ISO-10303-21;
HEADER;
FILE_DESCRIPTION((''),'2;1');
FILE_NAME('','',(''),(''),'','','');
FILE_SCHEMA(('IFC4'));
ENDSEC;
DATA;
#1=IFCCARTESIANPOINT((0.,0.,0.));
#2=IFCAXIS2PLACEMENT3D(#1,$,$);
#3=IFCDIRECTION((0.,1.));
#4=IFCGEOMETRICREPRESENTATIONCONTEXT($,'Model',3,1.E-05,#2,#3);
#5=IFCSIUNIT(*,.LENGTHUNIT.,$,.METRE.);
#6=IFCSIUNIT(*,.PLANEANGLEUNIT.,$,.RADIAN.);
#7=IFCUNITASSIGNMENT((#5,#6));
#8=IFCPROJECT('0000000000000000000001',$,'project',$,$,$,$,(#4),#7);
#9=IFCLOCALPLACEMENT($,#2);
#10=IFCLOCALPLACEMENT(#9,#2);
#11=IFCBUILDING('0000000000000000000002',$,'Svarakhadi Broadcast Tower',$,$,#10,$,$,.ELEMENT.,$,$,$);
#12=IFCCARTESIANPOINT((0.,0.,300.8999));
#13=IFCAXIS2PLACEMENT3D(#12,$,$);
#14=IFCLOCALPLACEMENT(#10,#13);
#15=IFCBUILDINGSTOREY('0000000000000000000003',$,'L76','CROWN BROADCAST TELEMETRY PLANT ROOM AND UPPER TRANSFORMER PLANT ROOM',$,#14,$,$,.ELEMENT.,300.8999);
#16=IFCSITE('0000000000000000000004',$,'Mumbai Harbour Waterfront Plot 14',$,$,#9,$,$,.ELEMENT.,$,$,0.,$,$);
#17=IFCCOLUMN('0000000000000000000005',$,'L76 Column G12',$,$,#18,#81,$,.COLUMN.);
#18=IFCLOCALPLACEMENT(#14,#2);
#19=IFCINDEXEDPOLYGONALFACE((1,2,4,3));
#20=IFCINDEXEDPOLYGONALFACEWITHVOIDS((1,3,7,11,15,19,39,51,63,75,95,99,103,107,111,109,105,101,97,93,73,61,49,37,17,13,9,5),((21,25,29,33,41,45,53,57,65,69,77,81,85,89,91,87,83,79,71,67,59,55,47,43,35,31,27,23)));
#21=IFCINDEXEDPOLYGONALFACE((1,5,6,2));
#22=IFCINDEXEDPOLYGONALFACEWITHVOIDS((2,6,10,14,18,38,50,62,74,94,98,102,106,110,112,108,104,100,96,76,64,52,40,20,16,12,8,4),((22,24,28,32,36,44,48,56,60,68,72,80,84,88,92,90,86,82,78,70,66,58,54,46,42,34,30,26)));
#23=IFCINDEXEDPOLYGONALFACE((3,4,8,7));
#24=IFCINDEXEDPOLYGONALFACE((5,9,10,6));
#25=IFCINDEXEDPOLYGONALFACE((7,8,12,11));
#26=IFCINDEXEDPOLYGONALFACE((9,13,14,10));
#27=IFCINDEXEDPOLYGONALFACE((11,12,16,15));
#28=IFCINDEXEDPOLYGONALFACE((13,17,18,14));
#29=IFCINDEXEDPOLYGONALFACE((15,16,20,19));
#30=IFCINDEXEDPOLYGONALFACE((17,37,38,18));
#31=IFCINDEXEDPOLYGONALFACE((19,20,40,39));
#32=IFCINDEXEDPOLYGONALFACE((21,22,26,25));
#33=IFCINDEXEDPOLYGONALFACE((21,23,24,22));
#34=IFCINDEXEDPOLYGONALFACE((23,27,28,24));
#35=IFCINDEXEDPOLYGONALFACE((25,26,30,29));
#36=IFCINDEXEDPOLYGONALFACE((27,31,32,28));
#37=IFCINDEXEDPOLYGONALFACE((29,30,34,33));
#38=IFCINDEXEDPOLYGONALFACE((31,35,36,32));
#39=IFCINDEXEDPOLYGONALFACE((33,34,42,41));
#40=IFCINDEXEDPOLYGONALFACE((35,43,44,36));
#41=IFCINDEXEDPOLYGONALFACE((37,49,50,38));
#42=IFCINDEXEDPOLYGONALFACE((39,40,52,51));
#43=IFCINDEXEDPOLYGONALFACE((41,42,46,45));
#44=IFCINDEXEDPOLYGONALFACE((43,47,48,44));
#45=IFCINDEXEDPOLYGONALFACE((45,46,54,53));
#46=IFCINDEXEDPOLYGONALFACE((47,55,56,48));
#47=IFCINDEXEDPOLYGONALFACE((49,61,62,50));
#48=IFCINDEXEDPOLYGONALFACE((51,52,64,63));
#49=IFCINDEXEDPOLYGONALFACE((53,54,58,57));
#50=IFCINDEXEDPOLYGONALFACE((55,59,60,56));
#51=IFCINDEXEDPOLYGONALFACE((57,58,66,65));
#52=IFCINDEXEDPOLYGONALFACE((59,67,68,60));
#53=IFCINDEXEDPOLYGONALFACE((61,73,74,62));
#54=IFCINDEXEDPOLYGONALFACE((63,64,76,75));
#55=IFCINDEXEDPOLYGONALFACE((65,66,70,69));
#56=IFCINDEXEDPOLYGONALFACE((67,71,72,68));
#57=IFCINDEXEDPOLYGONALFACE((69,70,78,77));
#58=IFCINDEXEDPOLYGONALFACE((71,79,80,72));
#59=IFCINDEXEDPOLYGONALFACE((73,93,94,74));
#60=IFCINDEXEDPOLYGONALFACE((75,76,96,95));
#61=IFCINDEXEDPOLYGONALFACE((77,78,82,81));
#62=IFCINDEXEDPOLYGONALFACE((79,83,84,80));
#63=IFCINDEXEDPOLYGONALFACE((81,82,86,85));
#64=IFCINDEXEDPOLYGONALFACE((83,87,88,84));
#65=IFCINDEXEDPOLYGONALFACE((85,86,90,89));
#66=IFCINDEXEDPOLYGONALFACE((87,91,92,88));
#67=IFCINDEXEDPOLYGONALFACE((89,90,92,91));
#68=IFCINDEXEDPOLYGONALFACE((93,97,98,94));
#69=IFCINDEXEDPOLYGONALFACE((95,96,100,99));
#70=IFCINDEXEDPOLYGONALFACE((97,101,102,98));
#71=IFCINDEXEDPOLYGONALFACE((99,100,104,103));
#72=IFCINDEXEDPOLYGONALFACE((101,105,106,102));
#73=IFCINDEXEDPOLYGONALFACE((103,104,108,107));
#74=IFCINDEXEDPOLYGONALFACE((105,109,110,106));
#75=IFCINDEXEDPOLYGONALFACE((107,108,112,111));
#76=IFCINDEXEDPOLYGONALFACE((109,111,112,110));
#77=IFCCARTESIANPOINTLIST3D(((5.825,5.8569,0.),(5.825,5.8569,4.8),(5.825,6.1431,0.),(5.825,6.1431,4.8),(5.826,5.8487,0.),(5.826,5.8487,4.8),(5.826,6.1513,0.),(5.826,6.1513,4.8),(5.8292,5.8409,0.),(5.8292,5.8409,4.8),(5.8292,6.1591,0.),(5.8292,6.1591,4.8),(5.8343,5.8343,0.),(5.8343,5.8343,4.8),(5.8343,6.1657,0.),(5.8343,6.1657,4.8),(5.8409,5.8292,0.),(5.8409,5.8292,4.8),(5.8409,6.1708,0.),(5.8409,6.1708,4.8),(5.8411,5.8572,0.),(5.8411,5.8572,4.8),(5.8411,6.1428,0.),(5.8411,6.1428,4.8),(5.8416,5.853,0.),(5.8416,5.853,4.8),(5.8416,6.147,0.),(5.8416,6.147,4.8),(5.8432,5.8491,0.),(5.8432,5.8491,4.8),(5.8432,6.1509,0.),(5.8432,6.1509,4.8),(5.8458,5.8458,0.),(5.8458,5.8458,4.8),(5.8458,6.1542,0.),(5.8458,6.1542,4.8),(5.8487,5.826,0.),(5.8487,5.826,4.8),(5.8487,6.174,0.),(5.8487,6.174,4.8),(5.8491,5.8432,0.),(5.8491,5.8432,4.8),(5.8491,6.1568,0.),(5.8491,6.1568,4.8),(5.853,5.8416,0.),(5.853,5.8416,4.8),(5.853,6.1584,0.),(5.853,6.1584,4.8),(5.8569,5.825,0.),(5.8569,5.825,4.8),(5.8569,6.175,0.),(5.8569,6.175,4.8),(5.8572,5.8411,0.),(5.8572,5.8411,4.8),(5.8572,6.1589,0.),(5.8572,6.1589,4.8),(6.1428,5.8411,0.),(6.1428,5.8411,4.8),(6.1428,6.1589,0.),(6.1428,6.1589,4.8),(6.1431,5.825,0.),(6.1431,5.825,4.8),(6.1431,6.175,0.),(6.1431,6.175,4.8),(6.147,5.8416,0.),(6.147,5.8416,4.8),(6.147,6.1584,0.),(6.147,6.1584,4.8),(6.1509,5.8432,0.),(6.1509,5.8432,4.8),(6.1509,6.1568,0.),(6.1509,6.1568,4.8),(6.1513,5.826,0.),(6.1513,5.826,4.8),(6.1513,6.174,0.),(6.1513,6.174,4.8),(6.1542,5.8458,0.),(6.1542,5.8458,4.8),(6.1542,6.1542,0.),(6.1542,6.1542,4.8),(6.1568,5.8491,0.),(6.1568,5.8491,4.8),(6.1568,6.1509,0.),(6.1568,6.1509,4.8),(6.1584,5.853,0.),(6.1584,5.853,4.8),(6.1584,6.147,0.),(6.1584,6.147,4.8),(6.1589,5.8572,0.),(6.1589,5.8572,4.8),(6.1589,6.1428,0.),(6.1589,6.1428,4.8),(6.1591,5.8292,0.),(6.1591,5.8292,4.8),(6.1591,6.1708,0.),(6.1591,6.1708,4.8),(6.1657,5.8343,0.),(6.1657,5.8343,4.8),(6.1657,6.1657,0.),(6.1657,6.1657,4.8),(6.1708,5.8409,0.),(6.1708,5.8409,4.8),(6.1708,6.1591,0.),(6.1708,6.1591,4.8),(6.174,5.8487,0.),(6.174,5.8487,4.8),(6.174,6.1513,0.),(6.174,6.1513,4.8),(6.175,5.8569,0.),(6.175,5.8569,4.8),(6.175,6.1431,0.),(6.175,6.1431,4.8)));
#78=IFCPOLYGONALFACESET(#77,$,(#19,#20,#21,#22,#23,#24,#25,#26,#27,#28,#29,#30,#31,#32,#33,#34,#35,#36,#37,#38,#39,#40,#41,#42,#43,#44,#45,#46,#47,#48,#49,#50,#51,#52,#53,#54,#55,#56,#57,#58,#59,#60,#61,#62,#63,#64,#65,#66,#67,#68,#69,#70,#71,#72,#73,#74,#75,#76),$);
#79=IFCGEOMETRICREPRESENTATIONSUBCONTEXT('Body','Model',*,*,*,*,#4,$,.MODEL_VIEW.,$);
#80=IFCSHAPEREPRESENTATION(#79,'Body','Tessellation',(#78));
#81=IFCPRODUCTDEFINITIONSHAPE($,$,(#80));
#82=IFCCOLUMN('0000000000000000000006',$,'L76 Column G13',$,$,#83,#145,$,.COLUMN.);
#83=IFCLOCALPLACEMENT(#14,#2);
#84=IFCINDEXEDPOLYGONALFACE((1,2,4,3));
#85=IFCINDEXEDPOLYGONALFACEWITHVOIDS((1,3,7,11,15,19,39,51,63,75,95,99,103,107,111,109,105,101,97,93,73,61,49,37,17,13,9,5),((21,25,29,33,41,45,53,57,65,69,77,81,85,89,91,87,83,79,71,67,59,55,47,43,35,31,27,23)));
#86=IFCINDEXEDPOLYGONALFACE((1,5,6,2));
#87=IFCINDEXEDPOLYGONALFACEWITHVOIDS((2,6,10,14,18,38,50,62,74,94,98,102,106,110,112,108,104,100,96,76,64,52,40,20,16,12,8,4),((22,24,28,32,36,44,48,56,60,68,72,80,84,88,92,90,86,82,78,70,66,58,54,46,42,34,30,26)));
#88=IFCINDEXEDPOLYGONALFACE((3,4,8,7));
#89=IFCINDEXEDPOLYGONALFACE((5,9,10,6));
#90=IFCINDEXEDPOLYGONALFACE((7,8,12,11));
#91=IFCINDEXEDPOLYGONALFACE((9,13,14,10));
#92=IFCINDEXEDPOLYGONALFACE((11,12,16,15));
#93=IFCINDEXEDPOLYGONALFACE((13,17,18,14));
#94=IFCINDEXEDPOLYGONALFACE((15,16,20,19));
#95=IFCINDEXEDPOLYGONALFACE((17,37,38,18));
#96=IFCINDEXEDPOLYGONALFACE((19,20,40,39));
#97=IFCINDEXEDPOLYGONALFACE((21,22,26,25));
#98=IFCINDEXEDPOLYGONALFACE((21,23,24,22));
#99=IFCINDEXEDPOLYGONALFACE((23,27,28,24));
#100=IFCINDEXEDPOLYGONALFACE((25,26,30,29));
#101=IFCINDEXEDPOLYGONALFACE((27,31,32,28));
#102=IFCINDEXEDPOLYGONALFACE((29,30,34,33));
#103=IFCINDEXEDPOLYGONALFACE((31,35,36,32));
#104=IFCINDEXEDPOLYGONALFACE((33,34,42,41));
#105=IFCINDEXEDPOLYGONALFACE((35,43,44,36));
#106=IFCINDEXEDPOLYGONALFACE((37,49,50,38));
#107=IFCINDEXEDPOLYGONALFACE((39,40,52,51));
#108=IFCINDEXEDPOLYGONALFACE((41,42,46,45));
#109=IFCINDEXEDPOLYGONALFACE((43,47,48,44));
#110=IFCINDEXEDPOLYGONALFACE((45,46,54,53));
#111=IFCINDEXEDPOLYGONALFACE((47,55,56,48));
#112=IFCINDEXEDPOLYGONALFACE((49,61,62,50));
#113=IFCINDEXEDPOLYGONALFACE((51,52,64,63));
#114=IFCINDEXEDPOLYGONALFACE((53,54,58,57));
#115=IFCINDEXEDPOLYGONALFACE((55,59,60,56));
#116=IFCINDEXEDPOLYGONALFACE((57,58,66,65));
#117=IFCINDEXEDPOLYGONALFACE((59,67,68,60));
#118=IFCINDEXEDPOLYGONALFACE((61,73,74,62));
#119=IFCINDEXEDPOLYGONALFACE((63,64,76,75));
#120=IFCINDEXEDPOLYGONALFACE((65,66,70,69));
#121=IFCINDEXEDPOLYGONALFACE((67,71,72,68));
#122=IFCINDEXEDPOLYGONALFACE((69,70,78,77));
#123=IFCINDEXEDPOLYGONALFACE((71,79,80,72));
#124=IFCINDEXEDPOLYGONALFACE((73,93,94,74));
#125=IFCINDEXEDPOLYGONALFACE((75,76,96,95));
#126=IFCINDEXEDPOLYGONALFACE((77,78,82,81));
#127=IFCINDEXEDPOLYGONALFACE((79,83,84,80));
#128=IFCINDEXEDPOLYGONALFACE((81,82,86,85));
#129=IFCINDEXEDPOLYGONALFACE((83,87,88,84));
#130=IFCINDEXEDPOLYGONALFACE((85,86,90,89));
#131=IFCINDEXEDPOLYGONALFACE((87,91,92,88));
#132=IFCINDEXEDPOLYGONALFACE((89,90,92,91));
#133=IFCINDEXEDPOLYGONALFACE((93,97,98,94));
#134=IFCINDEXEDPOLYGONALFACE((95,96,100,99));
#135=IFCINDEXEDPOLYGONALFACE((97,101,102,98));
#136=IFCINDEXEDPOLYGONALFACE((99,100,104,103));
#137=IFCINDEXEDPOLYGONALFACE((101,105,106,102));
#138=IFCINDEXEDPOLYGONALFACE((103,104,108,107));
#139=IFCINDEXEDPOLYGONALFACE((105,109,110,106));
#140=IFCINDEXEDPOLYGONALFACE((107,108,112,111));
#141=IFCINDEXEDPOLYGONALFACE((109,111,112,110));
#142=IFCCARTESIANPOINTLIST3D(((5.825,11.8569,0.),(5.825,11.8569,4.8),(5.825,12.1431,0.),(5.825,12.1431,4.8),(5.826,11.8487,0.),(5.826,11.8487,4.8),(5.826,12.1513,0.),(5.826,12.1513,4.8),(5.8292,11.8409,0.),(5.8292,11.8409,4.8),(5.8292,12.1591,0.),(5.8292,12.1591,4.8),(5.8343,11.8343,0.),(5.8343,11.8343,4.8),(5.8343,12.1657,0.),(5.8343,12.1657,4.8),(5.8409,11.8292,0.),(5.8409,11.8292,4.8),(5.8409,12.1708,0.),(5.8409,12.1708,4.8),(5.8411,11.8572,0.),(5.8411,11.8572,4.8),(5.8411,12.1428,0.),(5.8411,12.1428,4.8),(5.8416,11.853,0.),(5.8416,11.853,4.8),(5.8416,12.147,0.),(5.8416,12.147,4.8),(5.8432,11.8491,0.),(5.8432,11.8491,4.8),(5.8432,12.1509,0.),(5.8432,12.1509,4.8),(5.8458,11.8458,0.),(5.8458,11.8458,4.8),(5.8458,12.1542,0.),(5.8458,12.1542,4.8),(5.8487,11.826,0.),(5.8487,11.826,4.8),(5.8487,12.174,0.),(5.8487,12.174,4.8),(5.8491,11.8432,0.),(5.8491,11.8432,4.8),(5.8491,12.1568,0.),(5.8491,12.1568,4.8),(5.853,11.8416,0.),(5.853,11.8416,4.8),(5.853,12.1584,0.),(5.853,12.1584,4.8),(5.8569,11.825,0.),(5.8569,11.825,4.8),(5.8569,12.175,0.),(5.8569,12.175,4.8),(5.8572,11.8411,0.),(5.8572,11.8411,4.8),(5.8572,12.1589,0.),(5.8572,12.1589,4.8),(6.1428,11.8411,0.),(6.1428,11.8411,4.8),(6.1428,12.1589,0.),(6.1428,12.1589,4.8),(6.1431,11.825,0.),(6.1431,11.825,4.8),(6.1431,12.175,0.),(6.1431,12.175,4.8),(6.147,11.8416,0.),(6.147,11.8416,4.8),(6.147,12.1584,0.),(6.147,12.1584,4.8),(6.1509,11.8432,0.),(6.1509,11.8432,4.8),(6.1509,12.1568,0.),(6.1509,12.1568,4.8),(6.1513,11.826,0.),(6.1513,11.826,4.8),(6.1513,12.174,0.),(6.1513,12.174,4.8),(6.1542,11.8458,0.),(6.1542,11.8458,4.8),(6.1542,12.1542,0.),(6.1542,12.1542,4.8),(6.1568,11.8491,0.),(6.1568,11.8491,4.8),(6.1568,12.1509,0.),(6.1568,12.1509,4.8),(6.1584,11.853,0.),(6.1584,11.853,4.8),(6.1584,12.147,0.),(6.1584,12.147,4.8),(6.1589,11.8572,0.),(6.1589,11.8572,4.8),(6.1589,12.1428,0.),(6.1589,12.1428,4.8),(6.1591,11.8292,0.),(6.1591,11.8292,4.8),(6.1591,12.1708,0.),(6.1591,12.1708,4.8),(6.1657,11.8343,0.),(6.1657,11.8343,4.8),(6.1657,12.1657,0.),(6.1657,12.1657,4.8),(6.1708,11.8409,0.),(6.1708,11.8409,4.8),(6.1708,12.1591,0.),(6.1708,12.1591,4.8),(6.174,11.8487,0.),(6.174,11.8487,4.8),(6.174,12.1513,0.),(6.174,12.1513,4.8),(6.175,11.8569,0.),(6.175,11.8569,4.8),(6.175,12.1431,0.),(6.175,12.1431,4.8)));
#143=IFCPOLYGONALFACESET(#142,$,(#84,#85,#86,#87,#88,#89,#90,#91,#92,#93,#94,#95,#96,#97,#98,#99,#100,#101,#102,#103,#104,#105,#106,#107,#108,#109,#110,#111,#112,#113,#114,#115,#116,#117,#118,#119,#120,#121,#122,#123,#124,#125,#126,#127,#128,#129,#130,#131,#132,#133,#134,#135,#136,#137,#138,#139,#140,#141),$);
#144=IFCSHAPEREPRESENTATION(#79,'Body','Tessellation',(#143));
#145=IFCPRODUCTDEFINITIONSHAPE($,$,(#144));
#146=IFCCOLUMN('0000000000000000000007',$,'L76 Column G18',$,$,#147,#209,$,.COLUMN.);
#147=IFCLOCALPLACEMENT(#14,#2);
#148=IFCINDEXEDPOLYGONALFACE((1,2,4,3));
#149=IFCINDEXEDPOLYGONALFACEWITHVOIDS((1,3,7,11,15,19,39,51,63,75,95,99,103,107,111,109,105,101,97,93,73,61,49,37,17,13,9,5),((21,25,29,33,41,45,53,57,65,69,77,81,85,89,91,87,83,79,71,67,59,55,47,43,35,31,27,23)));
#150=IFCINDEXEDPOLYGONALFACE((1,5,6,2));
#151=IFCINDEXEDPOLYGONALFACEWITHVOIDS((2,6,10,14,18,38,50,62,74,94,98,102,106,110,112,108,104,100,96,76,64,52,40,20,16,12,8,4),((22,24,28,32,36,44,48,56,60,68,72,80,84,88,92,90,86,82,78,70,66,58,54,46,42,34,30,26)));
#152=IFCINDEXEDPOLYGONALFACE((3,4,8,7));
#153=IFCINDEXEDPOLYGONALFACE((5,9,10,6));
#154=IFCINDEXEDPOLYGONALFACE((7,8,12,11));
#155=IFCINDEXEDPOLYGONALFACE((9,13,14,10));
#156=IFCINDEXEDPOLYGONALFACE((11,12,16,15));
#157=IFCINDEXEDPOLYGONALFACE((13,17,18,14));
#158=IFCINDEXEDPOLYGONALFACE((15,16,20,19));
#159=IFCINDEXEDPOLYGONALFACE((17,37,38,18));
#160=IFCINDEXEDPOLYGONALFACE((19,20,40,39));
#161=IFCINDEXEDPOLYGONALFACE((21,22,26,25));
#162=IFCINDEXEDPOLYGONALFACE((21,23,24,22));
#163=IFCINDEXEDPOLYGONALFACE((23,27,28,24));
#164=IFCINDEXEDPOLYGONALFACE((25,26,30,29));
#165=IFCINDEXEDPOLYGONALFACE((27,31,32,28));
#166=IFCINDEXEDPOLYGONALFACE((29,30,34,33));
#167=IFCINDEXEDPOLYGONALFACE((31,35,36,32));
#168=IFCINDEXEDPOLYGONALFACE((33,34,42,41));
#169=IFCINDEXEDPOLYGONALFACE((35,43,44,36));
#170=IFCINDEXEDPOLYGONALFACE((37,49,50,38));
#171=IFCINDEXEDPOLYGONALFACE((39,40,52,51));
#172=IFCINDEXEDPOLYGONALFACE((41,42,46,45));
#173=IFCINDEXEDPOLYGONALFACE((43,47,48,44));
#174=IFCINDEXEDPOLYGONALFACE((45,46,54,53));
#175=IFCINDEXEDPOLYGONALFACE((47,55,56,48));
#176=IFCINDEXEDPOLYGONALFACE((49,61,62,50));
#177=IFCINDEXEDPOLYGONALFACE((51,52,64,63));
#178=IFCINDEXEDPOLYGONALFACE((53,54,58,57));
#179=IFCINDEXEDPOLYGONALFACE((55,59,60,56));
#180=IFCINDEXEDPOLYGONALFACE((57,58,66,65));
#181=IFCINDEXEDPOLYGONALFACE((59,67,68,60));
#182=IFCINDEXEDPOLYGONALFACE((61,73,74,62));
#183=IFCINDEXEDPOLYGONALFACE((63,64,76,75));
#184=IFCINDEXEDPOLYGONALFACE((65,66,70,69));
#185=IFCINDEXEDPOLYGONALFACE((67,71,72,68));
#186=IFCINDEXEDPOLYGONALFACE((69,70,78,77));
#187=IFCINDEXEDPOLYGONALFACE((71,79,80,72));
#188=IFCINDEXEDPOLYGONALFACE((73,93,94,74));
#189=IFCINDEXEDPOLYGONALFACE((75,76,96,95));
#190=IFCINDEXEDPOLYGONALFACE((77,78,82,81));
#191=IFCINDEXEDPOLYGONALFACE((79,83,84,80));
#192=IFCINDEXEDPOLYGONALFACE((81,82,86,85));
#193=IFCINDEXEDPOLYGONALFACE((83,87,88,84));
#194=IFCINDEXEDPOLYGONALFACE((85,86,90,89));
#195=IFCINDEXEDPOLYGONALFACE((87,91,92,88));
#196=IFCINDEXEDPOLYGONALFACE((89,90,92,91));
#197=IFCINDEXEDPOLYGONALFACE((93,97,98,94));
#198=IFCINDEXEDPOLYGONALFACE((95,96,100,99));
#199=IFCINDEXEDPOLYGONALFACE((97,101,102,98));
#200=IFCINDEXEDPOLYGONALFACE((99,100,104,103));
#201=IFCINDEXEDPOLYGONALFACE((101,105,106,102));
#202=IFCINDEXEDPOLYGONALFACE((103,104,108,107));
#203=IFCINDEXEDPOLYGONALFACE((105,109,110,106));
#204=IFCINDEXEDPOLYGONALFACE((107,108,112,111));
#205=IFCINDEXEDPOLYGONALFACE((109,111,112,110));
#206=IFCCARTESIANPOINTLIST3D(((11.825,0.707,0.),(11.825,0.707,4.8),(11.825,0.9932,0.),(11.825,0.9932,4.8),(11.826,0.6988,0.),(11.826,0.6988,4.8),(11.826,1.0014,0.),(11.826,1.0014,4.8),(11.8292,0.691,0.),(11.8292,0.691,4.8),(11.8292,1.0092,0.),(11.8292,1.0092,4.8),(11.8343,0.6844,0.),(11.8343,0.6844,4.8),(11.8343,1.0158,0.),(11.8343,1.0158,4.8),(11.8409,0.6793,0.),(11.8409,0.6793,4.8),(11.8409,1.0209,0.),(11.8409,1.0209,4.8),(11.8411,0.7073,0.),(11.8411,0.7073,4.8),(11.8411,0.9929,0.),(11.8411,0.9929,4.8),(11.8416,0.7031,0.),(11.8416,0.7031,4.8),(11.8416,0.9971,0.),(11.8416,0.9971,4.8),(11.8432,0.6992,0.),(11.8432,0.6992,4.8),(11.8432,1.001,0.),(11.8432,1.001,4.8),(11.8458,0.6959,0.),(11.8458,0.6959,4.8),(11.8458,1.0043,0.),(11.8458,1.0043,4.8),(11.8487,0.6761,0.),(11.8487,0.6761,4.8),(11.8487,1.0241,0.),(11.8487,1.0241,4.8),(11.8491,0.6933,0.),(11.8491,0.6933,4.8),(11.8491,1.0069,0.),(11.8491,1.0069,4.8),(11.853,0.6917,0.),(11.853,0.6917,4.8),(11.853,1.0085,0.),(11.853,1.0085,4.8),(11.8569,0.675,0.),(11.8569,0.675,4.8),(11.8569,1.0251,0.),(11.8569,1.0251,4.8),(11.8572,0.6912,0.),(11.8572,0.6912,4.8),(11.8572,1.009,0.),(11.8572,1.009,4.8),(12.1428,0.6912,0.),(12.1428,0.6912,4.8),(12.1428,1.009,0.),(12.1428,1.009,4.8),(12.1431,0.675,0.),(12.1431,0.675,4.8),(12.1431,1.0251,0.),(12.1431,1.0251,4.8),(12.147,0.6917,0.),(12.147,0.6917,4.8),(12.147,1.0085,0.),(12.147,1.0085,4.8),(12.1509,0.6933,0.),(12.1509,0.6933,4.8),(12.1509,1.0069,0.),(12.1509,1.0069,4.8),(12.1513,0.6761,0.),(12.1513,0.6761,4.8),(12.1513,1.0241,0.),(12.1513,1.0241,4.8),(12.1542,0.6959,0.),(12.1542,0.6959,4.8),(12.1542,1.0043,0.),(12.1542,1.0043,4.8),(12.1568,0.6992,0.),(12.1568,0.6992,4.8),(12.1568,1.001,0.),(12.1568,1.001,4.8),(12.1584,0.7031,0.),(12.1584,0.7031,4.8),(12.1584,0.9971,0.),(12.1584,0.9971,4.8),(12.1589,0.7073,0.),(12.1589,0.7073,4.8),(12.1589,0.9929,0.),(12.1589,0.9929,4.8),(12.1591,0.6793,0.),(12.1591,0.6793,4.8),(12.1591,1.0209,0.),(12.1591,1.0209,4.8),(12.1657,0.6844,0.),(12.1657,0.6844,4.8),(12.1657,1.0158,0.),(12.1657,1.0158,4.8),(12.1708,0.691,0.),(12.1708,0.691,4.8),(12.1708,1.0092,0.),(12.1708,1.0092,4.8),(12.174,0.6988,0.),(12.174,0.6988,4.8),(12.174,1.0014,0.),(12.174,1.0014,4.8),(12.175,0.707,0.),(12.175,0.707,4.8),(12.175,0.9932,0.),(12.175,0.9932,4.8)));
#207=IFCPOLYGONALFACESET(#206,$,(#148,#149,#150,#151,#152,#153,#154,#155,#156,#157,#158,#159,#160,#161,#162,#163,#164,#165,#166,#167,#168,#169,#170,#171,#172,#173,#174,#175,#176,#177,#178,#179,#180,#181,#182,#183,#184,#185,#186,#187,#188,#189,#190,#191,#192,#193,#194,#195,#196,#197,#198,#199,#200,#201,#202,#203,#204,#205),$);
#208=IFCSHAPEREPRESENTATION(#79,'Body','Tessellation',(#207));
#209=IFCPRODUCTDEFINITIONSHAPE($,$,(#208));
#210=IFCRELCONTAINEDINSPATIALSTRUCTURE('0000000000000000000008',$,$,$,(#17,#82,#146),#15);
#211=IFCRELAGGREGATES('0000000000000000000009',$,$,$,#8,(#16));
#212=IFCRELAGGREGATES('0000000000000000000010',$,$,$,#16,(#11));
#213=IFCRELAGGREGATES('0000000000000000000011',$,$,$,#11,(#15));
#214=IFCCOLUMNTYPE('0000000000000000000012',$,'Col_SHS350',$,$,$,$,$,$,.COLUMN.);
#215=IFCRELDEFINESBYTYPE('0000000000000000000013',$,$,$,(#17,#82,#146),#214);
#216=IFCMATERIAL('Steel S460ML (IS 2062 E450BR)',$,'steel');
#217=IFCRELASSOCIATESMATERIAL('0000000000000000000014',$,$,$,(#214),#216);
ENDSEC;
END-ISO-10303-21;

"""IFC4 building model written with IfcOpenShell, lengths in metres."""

from ifc_helpers import new_model, si_unit, direction, frame, origin, origin_2d, place, context, subcontext, project, spatial, hollow_rectangle, extrude, material, material_profile, profile_set, type_object, element, save


model = new_model("IFC4")

# Units and contexts
model_context = context("Model", 3, precision=1e-05, world=origin(), true_north=direction((0.0, 1.0)))
body_context = subcontext(model_context, "Body", "Model", "MODEL_VIEW")
ifc_project = project(units=[si_unit("LENGTHUNIT", "METRE"), si_unit("PLANEANGLEUNIT", "RADIAN")], contexts=[model_context])

# Site, building, storey
site_placement = place(None, origin())
site = spatial("IfcSite", under=ifc_project, at=site_placement, Name="Mumbai Harbour Waterfront Plot 14", CompositionType="ELEMENT", RefElevation=0.0)
building_placement = place(site_placement, origin())
building = spatial("IfcBuilding", under=site, at=building_placement, Name="Svarakhadi Broadcast Tower", CompositionType="ELEMENT")
storey_placement = place(building_placement, frame((0.0, 0.0, 300.8999)))
storey = spatial("IfcBuildingStorey", under=building, at=storey_placement, Name="L76", Description="CROWN BROADCAST TELEMETRY PLANT ROOM AND UPPER TRANSFORMER PLANT ROOM", CompositionType="ELEMENT", Elevation=300.8999)

# Columns
ifc_material_1 = material(Name="Steel S460ML (IS 2062 E450BR)", Category="steel")
ifc_material_profile_1 = material_profile(ifc_material_1, hollow_rectangle(XDim=0.3501, YDim=0.3501, WallThickness=0.0161, InnerFilletRadius=0.0161, OuterFilletRadius=0.032, at=origin_2d()), Name="SHS 350x350x16")
ifc_profile_set_1 = profile_set([ifc_material_profile_1], Name="Steel S460ML (IS 2062 E450BR)")
column_type = type_object("IfcColumnType", Name="Col_SHS350", PredefinedType="COLUMN", material=ifc_profile_set_1)
for number, where, z_axis, x_axis, name in (
    (1, (6.0, 6.0, 0.0), (0.0, 0.0, 1.0), (1.0, 0.0, 0.0), "L76 Column G12"),
    (2, (6.0, 12.0, 0.0), (0.0, 0.0, 1.0), (1.0, 0.0, 0.0), "L76 Column G13"),
    (3, (12.0, 0.8501, 0.0), (0.0, 0.0, 1.0), (1.0, 0.0, 0.0), "L76 Column G18"),
):
    element("IfcColumn", number, at=place(storey_placement, frame(where, z_axis=z_axis, x_axis=x_axis)), inside=storey, type_object=column_type, Name=name, PredefinedType="COLUMN", context=body_context, shape_type="SweptSolid", body=[
        extrude(hollow_rectangle(XDim=0.3501, YDim=0.3501, WallThickness=0.0161, InnerFilletRadius=0.0161, OuterFilletRadius=0.032, at=origin_2d()), origin(), (0.0, 0.0, 1.0), 4.8),
    ])

save(model, "model.ifc")
